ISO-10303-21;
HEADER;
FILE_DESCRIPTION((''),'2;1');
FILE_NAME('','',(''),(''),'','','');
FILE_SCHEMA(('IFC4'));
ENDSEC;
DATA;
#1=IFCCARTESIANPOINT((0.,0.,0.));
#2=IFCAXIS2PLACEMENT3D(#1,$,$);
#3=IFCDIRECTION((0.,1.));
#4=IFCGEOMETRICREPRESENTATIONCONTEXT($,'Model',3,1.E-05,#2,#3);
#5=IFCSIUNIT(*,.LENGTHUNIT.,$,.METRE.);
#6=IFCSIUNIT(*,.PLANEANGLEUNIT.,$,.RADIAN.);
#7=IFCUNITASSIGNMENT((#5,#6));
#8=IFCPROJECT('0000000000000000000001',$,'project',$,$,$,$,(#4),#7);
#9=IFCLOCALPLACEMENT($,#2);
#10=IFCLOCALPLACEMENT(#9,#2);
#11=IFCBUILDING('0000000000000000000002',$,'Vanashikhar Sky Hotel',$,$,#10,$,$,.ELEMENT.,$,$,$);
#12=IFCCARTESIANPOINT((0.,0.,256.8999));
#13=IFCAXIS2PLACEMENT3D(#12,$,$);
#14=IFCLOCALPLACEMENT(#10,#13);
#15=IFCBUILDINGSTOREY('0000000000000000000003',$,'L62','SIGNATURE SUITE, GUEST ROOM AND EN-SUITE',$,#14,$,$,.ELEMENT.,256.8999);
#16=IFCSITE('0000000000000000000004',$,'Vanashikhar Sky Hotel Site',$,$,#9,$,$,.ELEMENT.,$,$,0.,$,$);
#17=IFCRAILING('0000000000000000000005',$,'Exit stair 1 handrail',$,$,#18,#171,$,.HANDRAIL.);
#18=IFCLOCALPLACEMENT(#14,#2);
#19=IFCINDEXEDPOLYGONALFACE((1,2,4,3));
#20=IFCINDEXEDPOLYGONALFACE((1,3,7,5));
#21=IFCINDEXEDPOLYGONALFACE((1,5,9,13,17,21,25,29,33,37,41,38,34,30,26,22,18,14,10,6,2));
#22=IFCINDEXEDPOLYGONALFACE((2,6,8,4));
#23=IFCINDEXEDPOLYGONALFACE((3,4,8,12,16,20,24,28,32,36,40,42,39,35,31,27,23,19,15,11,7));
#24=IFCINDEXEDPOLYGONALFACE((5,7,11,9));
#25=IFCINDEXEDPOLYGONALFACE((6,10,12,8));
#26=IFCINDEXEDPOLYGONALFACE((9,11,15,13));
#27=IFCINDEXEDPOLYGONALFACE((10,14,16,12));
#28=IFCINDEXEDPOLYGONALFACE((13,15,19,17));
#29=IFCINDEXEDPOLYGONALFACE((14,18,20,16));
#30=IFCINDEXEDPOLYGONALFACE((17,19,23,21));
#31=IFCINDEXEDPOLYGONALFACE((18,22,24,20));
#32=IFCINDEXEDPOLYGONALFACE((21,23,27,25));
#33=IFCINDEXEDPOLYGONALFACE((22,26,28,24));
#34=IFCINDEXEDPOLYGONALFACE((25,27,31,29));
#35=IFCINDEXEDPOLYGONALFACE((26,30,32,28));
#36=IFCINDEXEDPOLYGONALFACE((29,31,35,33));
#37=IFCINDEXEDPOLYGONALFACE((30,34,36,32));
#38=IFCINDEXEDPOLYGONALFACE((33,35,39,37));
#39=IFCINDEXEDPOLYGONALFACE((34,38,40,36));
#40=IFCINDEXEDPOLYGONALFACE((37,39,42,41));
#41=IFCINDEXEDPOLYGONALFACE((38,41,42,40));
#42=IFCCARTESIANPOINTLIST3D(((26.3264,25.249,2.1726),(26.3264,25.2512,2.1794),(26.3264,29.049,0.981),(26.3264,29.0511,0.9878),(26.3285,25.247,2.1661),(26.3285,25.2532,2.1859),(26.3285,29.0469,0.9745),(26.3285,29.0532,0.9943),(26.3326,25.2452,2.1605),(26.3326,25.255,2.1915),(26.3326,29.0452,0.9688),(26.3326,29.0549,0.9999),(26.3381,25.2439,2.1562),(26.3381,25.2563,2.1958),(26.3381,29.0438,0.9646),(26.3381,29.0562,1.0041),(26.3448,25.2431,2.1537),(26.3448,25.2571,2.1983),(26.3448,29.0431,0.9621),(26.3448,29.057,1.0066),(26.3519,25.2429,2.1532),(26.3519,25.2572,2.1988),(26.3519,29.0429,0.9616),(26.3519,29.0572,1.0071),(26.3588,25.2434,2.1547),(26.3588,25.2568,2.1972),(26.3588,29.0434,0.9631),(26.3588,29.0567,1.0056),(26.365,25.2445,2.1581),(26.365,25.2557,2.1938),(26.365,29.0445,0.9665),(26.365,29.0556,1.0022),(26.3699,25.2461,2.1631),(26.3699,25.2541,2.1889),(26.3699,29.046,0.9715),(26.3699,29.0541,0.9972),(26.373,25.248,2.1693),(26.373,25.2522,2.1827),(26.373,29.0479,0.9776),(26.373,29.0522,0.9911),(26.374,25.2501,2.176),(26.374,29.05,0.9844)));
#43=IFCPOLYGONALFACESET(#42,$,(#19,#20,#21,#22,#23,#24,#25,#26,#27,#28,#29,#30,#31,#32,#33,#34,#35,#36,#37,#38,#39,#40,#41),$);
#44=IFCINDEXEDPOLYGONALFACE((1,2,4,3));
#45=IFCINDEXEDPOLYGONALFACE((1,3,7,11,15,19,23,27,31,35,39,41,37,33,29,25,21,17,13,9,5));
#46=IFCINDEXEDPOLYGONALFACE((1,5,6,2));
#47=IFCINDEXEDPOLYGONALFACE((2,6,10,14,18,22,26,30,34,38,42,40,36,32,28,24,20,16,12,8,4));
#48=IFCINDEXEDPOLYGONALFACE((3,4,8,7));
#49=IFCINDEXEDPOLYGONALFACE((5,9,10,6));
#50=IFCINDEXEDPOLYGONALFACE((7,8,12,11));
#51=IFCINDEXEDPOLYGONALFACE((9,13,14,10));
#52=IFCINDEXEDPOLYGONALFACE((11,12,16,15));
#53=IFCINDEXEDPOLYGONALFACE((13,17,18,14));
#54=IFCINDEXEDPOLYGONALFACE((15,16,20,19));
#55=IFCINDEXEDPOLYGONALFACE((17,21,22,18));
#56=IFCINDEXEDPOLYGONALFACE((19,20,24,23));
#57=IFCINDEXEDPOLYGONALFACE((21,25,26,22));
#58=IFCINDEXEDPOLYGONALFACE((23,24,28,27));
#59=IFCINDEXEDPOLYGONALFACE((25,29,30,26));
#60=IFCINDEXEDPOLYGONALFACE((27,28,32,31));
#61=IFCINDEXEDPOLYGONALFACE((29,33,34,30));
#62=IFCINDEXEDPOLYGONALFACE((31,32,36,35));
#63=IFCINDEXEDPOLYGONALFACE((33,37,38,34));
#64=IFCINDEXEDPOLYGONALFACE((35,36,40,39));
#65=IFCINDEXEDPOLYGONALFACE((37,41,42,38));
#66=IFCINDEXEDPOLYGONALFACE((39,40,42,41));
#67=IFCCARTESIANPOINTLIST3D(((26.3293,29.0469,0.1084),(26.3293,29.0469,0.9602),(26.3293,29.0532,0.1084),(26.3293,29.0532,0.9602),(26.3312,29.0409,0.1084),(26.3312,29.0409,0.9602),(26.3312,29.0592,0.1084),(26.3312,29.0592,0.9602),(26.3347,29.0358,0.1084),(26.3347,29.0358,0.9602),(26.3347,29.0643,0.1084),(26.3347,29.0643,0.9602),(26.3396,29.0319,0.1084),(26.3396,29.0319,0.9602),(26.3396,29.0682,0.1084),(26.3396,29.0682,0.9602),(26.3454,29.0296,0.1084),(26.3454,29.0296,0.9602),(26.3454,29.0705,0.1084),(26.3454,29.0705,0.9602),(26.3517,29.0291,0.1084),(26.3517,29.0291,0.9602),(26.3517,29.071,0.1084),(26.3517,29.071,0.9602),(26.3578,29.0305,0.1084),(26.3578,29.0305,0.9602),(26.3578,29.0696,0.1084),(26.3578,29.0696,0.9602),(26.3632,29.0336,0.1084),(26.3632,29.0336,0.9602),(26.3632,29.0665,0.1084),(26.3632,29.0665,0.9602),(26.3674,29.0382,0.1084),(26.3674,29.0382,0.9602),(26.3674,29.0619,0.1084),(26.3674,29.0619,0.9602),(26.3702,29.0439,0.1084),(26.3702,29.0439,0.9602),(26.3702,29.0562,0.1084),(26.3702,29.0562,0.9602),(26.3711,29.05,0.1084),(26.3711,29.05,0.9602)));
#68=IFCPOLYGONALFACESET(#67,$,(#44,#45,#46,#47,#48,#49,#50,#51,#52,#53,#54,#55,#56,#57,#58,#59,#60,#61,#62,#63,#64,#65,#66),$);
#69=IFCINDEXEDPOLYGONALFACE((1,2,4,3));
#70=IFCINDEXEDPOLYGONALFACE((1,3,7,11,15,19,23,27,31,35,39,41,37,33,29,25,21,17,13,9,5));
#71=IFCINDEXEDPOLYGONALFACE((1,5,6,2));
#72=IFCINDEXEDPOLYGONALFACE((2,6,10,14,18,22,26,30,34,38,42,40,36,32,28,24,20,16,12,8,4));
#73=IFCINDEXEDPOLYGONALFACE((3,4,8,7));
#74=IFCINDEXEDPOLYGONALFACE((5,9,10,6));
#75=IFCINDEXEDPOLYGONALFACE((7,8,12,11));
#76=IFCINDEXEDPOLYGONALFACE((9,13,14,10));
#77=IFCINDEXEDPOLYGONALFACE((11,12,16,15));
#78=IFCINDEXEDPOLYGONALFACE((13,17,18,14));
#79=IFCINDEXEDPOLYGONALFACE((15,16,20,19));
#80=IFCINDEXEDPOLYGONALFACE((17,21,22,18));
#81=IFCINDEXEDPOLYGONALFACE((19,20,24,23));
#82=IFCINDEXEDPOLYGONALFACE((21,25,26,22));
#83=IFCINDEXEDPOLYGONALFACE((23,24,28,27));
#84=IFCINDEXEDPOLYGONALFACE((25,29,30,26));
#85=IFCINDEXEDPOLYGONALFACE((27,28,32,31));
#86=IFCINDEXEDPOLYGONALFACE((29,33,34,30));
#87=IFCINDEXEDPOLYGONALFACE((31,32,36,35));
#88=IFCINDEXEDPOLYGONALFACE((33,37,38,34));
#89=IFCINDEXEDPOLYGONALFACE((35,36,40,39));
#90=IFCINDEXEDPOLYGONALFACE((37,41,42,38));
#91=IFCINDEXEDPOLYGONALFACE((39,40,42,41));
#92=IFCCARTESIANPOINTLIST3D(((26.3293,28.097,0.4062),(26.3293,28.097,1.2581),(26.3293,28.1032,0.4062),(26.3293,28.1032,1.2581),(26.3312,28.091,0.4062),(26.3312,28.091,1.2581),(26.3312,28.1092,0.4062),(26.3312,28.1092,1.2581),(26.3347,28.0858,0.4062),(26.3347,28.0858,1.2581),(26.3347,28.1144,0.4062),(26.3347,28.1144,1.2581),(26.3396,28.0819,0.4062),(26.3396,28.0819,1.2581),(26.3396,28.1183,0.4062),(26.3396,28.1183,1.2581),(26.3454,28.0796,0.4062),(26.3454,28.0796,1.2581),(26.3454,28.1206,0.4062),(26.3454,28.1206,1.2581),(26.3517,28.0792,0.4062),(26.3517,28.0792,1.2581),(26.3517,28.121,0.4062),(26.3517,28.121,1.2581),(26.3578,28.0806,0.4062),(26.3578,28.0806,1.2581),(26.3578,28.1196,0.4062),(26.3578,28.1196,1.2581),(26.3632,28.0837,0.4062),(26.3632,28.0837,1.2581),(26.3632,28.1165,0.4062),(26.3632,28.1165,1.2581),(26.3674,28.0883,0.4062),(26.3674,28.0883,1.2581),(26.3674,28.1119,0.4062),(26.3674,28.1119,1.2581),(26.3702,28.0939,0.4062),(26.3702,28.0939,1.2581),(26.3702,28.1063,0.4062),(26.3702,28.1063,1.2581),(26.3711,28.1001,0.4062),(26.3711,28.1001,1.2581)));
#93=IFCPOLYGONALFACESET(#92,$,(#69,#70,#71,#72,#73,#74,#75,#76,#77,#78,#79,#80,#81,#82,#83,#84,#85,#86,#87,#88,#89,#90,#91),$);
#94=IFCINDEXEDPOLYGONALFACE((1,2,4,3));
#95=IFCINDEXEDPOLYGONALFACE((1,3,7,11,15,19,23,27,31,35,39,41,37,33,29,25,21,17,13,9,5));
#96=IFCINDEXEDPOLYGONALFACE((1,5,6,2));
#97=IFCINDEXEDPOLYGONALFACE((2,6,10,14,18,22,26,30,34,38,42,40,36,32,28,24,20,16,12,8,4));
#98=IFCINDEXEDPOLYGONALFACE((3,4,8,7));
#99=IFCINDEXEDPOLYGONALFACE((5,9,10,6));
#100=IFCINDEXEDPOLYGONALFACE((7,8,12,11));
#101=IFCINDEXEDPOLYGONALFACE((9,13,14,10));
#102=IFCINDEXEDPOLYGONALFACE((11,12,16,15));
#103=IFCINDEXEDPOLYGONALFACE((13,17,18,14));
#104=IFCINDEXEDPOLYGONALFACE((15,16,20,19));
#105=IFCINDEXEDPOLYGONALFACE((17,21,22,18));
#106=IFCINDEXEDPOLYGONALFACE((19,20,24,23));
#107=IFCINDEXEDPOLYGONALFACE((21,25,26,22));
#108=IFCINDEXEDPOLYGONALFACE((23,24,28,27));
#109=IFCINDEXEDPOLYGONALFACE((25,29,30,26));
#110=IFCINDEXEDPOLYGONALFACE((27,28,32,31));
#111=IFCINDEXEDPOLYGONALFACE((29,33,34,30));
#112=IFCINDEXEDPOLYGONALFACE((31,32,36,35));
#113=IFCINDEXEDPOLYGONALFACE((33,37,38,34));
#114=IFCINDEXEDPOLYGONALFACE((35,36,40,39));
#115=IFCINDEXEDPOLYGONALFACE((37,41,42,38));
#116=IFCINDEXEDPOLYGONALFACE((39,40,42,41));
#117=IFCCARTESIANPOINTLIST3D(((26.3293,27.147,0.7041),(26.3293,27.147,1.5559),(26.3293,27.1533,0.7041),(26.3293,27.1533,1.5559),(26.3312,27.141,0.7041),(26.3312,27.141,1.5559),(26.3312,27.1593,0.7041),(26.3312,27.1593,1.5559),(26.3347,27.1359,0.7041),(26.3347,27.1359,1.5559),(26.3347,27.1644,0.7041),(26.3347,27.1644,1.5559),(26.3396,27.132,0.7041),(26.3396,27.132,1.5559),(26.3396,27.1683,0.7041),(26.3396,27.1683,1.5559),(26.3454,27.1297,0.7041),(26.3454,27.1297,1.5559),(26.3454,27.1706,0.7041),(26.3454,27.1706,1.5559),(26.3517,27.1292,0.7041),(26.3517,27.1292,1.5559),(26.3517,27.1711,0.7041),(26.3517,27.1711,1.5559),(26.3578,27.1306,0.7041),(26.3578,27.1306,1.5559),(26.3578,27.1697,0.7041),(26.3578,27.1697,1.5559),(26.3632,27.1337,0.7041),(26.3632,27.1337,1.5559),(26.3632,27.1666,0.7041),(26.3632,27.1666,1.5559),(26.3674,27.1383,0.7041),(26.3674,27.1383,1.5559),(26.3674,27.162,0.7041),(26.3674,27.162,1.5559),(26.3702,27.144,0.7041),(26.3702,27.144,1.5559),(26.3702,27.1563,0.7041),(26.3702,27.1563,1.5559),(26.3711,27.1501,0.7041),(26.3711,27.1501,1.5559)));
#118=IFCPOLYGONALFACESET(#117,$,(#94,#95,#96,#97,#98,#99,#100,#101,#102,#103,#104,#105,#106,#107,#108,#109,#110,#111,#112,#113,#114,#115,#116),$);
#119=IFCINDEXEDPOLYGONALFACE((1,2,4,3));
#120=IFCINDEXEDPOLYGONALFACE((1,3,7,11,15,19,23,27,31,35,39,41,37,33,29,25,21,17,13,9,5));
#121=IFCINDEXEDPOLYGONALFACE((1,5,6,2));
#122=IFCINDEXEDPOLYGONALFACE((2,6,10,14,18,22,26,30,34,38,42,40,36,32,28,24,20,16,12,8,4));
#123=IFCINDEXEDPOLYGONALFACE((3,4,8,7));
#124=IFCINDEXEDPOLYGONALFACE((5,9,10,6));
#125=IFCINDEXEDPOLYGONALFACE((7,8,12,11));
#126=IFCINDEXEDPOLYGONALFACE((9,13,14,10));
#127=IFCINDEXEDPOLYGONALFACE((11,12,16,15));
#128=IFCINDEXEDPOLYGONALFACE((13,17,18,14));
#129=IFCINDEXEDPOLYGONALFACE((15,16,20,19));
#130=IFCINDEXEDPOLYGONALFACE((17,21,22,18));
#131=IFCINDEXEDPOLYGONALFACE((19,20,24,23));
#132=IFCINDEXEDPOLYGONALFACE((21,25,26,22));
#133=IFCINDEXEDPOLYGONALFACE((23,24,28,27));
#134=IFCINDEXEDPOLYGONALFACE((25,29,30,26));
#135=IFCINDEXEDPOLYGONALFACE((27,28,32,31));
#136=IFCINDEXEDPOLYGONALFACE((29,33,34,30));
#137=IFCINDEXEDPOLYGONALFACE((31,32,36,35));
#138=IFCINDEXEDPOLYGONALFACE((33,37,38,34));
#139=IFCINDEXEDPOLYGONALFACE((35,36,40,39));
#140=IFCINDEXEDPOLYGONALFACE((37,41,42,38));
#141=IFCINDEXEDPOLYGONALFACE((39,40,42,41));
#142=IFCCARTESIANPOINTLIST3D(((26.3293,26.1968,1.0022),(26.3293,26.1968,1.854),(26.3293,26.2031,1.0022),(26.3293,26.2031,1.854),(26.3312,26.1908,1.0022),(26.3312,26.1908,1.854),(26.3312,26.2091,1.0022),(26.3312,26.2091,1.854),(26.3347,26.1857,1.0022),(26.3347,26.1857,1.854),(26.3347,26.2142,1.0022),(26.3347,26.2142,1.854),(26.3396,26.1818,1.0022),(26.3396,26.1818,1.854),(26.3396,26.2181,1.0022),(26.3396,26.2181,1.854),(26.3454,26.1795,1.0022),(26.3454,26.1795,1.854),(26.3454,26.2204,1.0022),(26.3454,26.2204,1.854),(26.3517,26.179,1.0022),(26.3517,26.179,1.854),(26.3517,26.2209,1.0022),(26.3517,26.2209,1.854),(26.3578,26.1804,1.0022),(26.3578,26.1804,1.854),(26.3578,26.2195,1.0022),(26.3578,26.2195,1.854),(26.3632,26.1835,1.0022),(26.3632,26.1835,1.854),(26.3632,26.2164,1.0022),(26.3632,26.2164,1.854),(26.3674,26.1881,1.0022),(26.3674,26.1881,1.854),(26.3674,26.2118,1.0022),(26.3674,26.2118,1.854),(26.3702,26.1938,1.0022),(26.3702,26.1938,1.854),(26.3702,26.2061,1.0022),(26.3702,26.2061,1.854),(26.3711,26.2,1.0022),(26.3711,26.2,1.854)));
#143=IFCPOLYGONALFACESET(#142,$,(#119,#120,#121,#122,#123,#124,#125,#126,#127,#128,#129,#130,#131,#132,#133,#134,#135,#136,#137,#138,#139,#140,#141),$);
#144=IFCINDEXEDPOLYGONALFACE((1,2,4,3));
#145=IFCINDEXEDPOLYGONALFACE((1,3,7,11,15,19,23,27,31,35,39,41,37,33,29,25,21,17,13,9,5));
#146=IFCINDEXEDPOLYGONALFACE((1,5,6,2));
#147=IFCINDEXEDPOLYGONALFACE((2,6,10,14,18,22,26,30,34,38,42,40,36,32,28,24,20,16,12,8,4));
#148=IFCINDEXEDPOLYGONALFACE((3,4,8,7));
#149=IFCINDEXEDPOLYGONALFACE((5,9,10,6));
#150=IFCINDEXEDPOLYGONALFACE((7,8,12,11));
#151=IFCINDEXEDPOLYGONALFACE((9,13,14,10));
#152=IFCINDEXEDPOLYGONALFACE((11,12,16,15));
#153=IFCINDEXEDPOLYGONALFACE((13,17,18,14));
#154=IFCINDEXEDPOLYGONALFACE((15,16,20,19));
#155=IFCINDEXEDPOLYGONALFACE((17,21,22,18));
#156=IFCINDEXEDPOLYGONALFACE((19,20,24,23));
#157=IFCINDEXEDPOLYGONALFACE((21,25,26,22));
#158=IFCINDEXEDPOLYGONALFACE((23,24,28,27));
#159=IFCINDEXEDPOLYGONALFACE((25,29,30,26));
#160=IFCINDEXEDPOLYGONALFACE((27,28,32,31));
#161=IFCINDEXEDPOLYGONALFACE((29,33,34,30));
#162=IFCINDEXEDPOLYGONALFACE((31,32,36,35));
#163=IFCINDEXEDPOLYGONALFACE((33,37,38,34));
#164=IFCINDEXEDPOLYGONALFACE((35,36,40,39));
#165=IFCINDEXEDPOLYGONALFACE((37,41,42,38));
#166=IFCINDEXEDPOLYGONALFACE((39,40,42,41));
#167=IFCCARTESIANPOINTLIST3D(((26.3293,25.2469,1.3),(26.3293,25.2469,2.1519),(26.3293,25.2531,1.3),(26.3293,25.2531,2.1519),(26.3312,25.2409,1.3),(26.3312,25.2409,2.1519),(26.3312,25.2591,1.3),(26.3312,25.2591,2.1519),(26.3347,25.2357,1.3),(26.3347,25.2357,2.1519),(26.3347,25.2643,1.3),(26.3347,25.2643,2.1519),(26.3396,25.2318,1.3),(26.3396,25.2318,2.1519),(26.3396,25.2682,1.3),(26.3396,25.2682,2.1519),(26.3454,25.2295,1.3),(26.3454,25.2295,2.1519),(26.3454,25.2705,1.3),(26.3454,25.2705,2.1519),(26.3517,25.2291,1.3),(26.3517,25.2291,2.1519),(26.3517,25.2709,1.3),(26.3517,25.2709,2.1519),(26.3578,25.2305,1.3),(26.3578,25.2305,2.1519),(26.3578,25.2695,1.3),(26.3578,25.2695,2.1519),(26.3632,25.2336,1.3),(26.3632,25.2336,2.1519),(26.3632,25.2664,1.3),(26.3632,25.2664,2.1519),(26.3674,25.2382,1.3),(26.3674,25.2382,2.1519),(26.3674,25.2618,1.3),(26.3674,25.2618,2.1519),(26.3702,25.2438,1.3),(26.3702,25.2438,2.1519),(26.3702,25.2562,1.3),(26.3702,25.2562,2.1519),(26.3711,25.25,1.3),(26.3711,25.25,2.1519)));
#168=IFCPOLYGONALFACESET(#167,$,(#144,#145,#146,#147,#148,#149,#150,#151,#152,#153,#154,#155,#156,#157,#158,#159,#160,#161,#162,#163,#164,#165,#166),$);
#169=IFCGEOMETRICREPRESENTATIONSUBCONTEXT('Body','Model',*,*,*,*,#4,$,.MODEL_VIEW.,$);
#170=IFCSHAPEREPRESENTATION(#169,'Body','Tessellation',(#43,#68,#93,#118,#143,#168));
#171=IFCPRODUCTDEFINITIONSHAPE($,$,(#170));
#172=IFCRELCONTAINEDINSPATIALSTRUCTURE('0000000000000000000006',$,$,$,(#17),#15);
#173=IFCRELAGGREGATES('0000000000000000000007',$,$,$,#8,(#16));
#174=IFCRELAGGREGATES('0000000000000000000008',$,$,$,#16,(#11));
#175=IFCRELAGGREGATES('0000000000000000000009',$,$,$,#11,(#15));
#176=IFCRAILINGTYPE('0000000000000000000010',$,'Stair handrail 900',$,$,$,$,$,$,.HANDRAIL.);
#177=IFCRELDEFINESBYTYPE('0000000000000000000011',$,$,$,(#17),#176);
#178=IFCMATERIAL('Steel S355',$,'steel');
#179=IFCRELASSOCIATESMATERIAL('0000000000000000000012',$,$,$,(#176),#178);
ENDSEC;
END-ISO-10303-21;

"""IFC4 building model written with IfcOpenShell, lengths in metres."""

from ifc_helpers import new_model, si_unit, direction, frame, origin, origin_2d, place, context, subcontext, project, spatial, circle, extrude, source, transform, mapped, material, type_object, element, save


model = new_model("IFC4")

# Units and contexts
model_context = context("Model", 3, precision=1e-05, world=origin(), true_north=direction((0.0, 1.0)))
body_context = subcontext(model_context, "Body", "Model", "MODEL_VIEW")
ifc_project = project(units=[si_unit("LENGTHUNIT", "METRE"), si_unit("PLANEANGLEUNIT", "RADIAN")], contexts=[model_context])

# Site, building, storey
site_placement = place(None, origin())
site = spatial("IfcSite", under=ifc_project, at=site_placement, Name="Vanashikhar Sky Hotel Site", CompositionType="ELEMENT", RefElevation=0.0)
building_placement = place(site_placement, origin())
building = spatial("IfcBuilding", under=site, at=building_placement, Name="Vanashikhar Sky Hotel", CompositionType="ELEMENT")
storey_placement = place(building_placement, frame((0.0, 0.0, 256.8999)))
storey = spatial("IfcBuildingStorey", under=building, at=storey_placement, Name="L62", Description="SIGNATURE SUITE, GUEST ROOM AND EN-SUITE", CompositionType="ELEMENT", Elevation=256.8999)

# Railing
ifc_material_1 = material(Name="Steel S355", Category="steel")
railing_type_1 = type_object("IfcRailingType", Name="Stair handrail 900", PredefinedType="HANDRAIL", material=ifc_material_1)
shared_shape_1 = source(origin(), body_context, "Body", "SweptSolid", [
    extrude(circle(Radius=0.0239, at=origin_2d()), frame((0.0, 0.0, 0.876), z_axis=(0.0, -0.954184, 0.299221), x_axis=(1.0, 0.0, 0.0)), (0.0, 0.0, 1.0), 3.9824),
    extrude(circle(Radius=0.021, at=origin_2d()), origin(), (0.0, 0.0, 1.0), 0.8518),
    extrude(circle(Radius=0.021, at=origin_2d()), frame((0.0, -0.95, 0.2979)), (0.0, 0.0, 1.0), 0.8518),
    extrude(circle(Radius=0.021, at=origin_2d()), frame((0.0, -1.8999, 0.5957)), (0.0, 0.0, 1.0), 0.8518),
    extrude(circle(Radius=0.021, at=origin_2d()), frame((0.0, -2.8501, 0.8938)), (0.0, 0.0, 1.0), 0.8518),
    extrude(circle(Radius=0.021, at=origin_2d()), frame((0.0, -3.8, 1.1917)), (0.0, 0.0, 1.0), 0.8518),
])
for number, where, name in (
    (1, (26.3501, 29.05, 0.1084), "Exit stair 1 handrail"),
):
    element("IfcRailing", number, at=place(storey_placement, frame(where)), inside=storey, type_object=railing_type_1, Name=name, PredefinedType="HANDRAIL", context=body_context, shape_type="MappedRepresentation", body=[
        mapped(shared_shape_1, transform((0.0, 0.0, 0.0), scale=1.0)),
    ])

save(model, "model.ifc")
